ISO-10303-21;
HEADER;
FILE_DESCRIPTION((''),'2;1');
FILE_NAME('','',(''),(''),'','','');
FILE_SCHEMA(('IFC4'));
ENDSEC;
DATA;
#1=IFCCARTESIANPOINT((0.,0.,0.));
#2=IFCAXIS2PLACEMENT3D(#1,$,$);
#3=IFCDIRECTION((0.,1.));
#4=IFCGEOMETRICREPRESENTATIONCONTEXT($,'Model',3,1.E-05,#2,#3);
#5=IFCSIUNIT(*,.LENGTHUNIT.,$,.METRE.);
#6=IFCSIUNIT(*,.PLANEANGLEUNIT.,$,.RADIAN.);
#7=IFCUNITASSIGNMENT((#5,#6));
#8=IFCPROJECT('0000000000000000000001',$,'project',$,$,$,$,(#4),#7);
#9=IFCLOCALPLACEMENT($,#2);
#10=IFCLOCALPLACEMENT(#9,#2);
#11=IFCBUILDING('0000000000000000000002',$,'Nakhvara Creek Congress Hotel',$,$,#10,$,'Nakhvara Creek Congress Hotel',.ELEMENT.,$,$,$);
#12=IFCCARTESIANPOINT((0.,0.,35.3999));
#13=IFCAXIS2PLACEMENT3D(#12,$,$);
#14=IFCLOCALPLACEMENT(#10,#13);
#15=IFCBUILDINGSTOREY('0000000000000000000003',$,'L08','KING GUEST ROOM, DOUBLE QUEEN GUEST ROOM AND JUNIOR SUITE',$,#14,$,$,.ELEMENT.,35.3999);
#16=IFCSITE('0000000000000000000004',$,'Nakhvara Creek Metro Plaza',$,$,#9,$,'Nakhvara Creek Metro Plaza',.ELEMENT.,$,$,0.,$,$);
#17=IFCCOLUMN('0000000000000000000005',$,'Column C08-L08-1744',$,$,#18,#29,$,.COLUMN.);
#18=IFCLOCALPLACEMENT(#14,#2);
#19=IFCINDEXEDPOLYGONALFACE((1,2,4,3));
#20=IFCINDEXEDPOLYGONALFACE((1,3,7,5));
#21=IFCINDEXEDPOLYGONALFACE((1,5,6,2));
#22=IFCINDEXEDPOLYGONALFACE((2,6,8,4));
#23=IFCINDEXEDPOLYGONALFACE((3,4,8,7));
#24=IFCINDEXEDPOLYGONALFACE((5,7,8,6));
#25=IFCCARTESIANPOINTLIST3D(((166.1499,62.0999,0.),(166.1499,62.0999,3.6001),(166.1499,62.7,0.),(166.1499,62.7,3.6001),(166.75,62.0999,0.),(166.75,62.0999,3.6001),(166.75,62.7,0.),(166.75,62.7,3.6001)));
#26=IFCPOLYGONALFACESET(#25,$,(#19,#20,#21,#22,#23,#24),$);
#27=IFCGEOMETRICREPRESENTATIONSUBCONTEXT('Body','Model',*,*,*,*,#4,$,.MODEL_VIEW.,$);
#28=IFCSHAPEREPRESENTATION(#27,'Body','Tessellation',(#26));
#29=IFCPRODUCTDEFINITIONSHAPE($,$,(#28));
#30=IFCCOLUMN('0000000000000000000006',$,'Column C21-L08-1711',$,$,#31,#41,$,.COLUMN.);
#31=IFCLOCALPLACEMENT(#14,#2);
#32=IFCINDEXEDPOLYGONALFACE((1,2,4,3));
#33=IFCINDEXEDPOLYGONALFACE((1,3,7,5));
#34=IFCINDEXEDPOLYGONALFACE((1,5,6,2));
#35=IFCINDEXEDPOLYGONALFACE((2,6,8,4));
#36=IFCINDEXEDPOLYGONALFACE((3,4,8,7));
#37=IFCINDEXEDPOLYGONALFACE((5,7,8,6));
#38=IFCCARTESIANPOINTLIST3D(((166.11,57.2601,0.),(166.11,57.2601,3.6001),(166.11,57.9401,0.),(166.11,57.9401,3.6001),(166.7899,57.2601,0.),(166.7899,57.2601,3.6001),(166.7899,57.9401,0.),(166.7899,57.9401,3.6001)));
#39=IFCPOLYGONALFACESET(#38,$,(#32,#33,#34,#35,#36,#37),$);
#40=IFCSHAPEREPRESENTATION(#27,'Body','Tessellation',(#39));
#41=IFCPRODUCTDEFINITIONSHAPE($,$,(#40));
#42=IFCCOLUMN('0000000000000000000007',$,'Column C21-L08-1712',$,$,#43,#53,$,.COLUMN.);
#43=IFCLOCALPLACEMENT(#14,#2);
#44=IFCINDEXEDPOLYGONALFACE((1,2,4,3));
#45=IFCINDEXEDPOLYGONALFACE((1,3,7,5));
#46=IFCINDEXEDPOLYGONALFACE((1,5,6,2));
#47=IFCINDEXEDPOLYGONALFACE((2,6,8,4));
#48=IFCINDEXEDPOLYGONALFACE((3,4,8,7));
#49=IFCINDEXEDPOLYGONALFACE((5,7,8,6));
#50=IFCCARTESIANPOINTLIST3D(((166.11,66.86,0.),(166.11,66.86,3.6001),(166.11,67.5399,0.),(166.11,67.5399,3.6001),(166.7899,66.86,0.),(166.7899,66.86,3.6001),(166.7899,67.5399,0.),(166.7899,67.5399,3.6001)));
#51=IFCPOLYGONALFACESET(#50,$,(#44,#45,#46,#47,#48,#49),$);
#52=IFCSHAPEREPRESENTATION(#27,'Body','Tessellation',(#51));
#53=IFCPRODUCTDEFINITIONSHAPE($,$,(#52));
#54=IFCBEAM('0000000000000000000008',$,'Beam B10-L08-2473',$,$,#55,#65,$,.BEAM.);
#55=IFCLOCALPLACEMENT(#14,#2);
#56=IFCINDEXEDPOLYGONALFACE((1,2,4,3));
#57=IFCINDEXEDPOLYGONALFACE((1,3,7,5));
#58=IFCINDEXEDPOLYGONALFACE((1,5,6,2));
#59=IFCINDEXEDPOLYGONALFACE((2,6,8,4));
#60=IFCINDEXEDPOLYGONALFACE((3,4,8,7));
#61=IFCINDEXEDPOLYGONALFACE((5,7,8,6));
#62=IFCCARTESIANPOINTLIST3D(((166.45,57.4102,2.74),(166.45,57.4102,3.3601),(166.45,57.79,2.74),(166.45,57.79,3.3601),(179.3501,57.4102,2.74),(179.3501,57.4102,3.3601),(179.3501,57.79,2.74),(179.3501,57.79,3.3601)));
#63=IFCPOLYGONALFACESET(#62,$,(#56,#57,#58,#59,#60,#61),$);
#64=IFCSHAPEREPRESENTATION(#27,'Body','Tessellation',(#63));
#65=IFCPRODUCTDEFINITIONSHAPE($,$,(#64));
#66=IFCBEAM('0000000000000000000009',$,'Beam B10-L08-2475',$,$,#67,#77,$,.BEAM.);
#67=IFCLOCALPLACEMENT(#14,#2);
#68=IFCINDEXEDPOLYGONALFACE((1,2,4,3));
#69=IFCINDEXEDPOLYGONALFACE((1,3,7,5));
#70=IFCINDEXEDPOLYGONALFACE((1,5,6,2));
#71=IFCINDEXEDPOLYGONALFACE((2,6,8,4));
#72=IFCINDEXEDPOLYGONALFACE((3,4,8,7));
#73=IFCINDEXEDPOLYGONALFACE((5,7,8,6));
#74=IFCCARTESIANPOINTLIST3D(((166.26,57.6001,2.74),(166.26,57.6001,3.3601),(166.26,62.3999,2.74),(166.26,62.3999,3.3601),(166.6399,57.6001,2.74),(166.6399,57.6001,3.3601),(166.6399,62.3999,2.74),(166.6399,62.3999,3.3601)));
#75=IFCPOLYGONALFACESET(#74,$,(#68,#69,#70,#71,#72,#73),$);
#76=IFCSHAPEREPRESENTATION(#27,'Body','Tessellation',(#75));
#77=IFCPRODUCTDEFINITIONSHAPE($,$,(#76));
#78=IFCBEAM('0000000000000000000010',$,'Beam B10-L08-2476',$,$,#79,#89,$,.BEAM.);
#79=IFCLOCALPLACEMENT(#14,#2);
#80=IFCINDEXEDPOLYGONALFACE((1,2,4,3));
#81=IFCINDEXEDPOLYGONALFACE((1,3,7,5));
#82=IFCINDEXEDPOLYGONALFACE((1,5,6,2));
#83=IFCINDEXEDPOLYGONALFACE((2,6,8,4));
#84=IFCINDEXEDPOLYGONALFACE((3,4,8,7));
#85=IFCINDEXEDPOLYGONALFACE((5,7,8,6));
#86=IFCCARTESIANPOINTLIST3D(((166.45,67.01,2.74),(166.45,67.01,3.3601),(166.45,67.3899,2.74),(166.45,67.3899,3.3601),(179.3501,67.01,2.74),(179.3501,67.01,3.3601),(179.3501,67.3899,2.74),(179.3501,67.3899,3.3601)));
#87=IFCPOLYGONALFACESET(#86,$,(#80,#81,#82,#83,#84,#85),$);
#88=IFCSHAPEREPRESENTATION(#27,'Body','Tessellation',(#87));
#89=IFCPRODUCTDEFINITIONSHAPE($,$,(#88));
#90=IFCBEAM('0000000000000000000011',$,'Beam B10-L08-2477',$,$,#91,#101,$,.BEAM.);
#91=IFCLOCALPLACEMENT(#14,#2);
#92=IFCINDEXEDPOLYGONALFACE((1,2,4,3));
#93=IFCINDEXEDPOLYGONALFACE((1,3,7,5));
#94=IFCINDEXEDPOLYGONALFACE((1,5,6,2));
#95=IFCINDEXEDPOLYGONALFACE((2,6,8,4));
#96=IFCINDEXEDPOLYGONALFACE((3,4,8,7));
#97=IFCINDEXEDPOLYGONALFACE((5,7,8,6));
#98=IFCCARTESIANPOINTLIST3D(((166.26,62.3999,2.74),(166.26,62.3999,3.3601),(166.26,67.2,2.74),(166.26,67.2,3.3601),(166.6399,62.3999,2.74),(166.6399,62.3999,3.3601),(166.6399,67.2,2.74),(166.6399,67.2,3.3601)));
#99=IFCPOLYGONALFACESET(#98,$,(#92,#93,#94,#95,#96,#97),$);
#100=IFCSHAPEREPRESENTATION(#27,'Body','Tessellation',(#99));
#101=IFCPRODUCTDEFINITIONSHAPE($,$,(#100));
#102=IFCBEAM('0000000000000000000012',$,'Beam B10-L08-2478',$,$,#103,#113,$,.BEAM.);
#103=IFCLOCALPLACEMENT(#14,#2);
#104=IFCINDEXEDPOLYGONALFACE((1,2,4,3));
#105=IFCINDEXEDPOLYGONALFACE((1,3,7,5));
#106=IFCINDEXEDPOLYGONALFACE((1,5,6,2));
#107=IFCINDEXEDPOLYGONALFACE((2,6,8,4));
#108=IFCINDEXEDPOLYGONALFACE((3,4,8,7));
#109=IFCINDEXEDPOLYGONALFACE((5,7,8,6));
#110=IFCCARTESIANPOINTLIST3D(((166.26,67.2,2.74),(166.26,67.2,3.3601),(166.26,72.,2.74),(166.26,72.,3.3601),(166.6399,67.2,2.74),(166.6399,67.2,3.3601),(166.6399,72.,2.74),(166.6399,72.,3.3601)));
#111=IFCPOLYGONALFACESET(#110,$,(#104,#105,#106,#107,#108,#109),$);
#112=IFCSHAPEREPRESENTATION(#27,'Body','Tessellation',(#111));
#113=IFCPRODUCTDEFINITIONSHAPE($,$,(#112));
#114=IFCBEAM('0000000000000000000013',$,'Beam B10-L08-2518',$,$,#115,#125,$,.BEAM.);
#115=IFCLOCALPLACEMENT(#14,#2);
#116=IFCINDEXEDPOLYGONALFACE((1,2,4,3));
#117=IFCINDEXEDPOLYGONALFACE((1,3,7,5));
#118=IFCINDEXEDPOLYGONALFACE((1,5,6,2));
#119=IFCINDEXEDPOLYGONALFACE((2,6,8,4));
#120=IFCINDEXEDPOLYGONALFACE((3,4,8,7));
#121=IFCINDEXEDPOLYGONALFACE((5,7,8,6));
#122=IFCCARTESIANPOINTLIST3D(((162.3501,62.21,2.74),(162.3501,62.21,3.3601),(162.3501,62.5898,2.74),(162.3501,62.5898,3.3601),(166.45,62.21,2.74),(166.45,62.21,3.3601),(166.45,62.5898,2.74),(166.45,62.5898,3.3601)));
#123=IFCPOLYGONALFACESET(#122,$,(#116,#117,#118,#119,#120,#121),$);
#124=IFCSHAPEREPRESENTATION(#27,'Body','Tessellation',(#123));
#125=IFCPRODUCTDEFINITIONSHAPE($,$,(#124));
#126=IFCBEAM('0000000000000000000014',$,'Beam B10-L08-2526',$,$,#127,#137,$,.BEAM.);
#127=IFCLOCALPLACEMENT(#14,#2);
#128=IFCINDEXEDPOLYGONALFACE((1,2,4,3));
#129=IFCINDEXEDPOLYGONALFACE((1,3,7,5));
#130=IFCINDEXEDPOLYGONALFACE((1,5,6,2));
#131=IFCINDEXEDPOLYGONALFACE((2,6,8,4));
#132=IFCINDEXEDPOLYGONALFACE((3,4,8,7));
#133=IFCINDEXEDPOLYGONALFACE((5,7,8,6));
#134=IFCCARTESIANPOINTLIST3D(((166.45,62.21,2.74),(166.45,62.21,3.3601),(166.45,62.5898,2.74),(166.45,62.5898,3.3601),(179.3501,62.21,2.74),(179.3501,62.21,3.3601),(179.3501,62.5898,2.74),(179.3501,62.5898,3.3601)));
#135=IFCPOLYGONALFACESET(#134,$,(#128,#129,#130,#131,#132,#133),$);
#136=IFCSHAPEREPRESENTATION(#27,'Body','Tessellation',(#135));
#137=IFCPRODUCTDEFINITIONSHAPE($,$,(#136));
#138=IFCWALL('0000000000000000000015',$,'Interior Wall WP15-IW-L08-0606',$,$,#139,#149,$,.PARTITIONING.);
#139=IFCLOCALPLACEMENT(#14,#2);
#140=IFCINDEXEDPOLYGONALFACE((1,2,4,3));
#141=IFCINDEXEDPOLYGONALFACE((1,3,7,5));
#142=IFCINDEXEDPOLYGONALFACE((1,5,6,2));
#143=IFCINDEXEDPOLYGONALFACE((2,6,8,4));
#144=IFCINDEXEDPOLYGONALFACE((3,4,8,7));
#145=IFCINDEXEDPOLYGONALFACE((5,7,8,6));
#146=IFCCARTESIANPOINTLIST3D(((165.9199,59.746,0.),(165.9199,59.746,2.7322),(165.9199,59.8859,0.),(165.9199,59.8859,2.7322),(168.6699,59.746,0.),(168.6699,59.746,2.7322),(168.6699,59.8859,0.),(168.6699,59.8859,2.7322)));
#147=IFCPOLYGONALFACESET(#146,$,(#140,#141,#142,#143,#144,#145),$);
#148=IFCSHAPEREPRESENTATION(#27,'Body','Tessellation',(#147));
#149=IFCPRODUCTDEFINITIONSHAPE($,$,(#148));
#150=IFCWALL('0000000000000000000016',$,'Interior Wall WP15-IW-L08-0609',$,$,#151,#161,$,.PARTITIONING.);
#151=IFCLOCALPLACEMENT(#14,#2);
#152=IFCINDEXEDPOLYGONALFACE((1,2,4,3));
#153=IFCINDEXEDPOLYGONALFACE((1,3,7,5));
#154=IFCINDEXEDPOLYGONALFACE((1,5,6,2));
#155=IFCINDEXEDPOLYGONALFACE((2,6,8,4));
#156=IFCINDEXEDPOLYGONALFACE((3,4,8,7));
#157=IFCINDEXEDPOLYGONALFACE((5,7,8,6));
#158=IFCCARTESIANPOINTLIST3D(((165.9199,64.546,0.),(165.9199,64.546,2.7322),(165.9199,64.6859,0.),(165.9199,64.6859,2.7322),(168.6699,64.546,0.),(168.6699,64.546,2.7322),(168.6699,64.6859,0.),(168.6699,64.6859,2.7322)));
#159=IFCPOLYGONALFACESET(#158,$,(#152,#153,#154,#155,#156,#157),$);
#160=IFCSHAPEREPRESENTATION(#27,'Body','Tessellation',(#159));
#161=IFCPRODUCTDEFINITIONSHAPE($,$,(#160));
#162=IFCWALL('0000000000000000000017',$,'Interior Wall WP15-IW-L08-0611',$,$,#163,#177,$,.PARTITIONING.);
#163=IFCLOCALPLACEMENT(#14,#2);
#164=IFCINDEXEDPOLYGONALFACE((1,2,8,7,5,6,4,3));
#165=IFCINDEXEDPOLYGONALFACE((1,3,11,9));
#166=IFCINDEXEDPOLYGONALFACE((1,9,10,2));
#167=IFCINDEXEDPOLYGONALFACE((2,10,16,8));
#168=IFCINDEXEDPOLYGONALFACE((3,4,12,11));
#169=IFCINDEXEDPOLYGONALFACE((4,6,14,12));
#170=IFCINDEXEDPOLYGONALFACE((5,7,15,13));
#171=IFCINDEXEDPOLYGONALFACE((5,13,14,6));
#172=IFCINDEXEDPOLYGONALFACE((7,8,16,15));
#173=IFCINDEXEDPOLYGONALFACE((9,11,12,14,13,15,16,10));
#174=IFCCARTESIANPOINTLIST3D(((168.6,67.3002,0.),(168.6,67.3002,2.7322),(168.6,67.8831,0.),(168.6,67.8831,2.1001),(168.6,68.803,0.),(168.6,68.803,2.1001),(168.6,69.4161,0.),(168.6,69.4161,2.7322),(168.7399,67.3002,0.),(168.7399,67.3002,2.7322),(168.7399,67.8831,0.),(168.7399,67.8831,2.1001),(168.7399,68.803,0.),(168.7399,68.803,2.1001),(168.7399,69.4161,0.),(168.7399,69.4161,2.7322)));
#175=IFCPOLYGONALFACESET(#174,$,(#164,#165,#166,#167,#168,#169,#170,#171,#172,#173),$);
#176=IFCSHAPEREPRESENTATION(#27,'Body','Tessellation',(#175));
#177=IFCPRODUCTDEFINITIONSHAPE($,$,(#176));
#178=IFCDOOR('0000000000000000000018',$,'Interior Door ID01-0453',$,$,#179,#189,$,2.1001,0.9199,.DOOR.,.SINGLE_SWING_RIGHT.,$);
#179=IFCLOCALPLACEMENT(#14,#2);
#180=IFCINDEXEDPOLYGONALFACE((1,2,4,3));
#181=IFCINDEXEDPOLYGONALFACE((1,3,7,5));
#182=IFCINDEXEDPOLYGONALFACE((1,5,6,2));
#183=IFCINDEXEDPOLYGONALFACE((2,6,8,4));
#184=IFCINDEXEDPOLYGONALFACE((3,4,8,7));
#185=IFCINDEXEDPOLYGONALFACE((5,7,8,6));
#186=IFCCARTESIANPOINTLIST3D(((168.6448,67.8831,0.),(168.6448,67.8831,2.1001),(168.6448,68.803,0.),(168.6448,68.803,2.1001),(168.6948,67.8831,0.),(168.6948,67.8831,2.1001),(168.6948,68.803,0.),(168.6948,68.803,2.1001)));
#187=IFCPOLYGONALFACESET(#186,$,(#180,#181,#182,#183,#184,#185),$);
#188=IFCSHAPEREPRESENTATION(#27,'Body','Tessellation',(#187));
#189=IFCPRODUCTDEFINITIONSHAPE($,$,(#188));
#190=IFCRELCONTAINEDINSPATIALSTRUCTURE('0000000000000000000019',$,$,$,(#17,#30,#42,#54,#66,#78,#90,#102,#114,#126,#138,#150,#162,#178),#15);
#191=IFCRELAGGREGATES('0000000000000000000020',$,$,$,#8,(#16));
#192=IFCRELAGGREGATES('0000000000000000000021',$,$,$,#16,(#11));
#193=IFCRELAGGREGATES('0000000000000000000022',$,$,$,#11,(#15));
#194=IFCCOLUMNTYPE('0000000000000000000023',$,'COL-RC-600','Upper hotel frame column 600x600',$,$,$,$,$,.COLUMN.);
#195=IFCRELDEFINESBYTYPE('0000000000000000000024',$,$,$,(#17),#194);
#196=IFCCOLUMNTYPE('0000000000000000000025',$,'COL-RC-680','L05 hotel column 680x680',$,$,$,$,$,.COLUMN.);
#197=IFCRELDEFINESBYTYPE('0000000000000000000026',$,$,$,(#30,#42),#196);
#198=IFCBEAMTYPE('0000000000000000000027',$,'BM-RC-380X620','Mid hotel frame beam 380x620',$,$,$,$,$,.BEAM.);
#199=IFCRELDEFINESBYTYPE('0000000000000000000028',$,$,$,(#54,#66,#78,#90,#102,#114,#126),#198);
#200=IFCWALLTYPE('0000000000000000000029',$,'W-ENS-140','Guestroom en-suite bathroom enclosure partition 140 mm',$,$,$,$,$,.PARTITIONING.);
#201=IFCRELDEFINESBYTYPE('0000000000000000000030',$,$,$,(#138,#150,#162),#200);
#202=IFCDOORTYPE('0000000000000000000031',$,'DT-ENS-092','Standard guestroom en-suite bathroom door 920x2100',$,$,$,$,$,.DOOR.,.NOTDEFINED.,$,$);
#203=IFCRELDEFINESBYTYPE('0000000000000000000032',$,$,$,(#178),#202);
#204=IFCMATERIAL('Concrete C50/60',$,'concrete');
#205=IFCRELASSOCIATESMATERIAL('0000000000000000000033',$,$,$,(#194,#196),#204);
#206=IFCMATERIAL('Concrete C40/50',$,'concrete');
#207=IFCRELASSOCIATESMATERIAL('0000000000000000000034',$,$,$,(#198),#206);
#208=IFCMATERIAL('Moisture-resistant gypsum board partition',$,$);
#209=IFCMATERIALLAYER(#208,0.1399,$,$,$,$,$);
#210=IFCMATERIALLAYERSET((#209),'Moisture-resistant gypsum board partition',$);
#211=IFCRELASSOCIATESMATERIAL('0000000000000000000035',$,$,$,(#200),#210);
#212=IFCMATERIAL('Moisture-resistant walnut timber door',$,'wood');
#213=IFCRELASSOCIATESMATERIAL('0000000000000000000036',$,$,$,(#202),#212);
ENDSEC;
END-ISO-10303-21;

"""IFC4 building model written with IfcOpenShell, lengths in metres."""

from ifc_helpers import new_model, si_unit, direction, frame, frame_2d, origin, origin_2d, place, context, subcontext, project, spatial, rectangle, extrude, material, layer, layer_set, material_profile, profile_set, type_object, element, fill, save


model = new_model("IFC4")

# Units and contexts
model_context = context("Model", 3, precision=1e-05, world=origin(), true_north=direction((0.0, 1.0)))
body_context = subcontext(model_context, "Body", "Model", "MODEL_VIEW")
ifc_project = project(units=[si_unit("LENGTHUNIT", "METRE"), si_unit("PLANEANGLEUNIT", "RADIAN")], contexts=[model_context])

# Site, building, storey
site_placement = place(None, origin())
site = spatial("IfcSite", under=ifc_project, at=site_placement, Name="Nakhvara Creek Metro Plaza", LongName="Nakhvara Creek Metro Plaza", CompositionType="ELEMENT", RefElevation=0.0)
building_placement = place(site_placement, origin())
building = spatial("IfcBuilding", under=site, at=building_placement, Name="Nakhvara Creek Congress Hotel", LongName="Nakhvara Creek Congress Hotel", CompositionType="ELEMENT")
storey_placement = place(building_placement, frame((0.0, 0.0, 35.3999)))
storey = spatial("IfcBuildingStorey", under=building, at=storey_placement, Name="L08", Description="KING GUEST ROOM, DOUBLE QUEEN GUEST ROOM AND JUNIOR SUITE", CompositionType="ELEMENT", Elevation=35.3999)

# Columns
ifc_material_1 = material(Name="Concrete C50/60", Category="concrete")
ifc_material_profile_1 = material_profile(ifc_material_1, rectangle(XDim=0.6001, YDim=0.6001, at=origin_2d()), Name="RC-COL 600x600", Category="LoadBearing")
ifc_profile_set_1 = profile_set([ifc_material_profile_1], Name="Concrete C50/60")
column_type_1 = type_object("IfcColumnType", Name="COL-RC-600", Description="Upper hotel frame column 600x600", PredefinedType="COLUMN", material=ifc_profile_set_1)
column_placement = place(storey_placement, frame((166.45, 62.3999, 0.0), z_axis=(0.0, 0.0, 1.0), x_axis=(1.0, 0.0, 0.0)))
element("IfcColumn", 1, at=column_placement, inside=storey, type_object=column_type_1, Name="Column C08-L08-1744", PredefinedType="COLUMN", context=body_context, shape_type="SweptSolid", body=[
    extrude(rectangle(XDim=0.6001, YDim=0.6001, at=origin_2d()), origin(), (0.0, 0.0, 1.0), 3.6001),
])
ifc_material_profile_2 = material_profile(ifc_material_1, rectangle(XDim=0.6799, YDim=0.6799, at=origin_2d()), Name="RC-COL 680x680", Category="LoadBearing")
ifc_profile_set_2 = profile_set([ifc_material_profile_2], Name="Concrete C50/60")
column_type_2 = type_object("IfcColumnType", Name="COL-RC-680", Description="L05 hotel column 680x680", PredefinedType="COLUMN", material=ifc_profile_set_2)
for number, where, z_axis, x_axis, name in (
    (2, (166.45, 57.6001, 0.0), (0.0, 0.0, 1.0), (1.0, 0.0, 0.0), "Column C21-L08-1711"),
    (3, (166.45, 67.2, 0.0), (0.0, 0.0, 1.0), (1.0, 0.0, 0.0), "Column C21-L08-1712"),
):
    element("IfcColumn", number, at=place(storey_placement, frame(where, z_axis=z_axis, x_axis=x_axis)), inside=storey, type_object=column_type_2, Name=name, PredefinedType="COLUMN", context=body_context, shape_type="SweptSolid", body=[
        extrude(rectangle(XDim=0.6799, YDim=0.6799, at=origin_2d()), origin(), (0.0, 0.0, 1.0), 3.6001),
    ])

# Beams
ifc_material_2 = material(Name="Concrete C40/50", Category="concrete")
ifc_material_profile_3 = material_profile(ifc_material_2, rectangle(XDim=0.3799, YDim=0.6201, at=origin_2d()), Name="RC-BM 380x620", Category="LoadBearing")
ifc_profile_set_3 = profile_set([ifc_material_profile_3], Name="Concrete C40/50")
beam_type = type_object("IfcBeamType", Name="BM-RC-380X620", Description="Mid hotel frame beam 380x620", PredefinedType="BEAM", material=ifc_profile_set_3)
beam_1_placement = place(storey_placement, frame((166.45, 57.6001, 3.05), z_axis=(1.0, 0.0, 0.0), x_axis=(0.0, 1.0, 0.0)))
element("IfcBeam", 4, at=beam_1_placement, inside=storey, type_object=beam_type, Name="Beam B10-L08-2473", PredefinedType="BEAM", context=body_context, shape_type="SweptSolid", body=[
    extrude(rectangle(XDim=0.3799, YDim=0.6201, at=origin_2d()), origin(), (0.0, 0.0, 1.0), 12.9001),
])
beam_2_placement = place(storey_placement, frame((166.45, 57.6001, 3.05), z_axis=(0.0, 1.0, 0.0), x_axis=(-1.0, 0.0, 0.0)))
element("IfcBeam", 5, at=beam_2_placement, inside=storey, type_object=beam_type, Name="Beam B10-L08-2475", PredefinedType="BEAM", context=body_context, shape_type="SweptSolid", body=[
    extrude(rectangle(XDim=0.3799, YDim=0.6201, at=origin_2d()), origin(), (0.0, 0.0, 1.0), 4.7998),
])
beam_3_placement = place(storey_placement, frame((166.45, 67.2, 3.05), z_axis=(1.0, 0.0, 0.0), x_axis=(0.0, 1.0, 0.0)))
element("IfcBeam", 6, at=beam_3_placement, inside=storey, type_object=beam_type, Name="Beam B10-L08-2476", PredefinedType="BEAM", context=body_context, shape_type="SweptSolid", body=[
    extrude(rectangle(XDim=0.3799, YDim=0.6201, at=origin_2d()), origin(), (0.0, 0.0, 1.0), 12.9001),
])
for number, where, z_axis, x_axis, name in (
    (7, (166.45, 62.3999, 3.05), (0.0, 1.0, 0.0), (-1.0, 0.0, 0.0), "Beam B10-L08-2477"),
    (8, (166.45, 67.2, 3.05), (0.0, 1.0, 0.0), (-1.0, 0.0, 0.0), "Beam B10-L08-2478"),
):
    element("IfcBeam", number, at=place(storey_placement, frame(where, z_axis=z_axis, x_axis=x_axis)), inside=storey, type_object=beam_type, Name=name, PredefinedType="BEAM", context=body_context, shape_type="SweptSolid", body=[
        extrude(rectangle(XDim=0.3799, YDim=0.6201, at=origin_2d()), origin(), (0.0, 0.0, 1.0), 4.8),
    ])
beam_4_placement = place(storey_placement, frame((162.3501, 62.3999, 3.05), z_axis=(1.0, 0.0, 0.0), x_axis=(0.0, 1.0, 0.0)))
element("IfcBeam", 9, at=beam_4_placement, inside=storey, type_object=beam_type, Name="Beam B10-L08-2518", PredefinedType="BEAM", context=body_context, shape_type="SweptSolid", body=[
    extrude(rectangle(XDim=0.3799, YDim=0.6201, at=origin_2d()), origin(), (0.0, 0.0, 1.0), 4.0999),
])
beam_5_placement = place(storey_placement, frame((166.45, 62.3999, 3.05), z_axis=(1.0, 0.0, 0.0), x_axis=(0.0, 1.0, 0.0)))
element("IfcBeam", 10, at=beam_5_placement, inside=storey, type_object=beam_type, Name="Beam B10-L08-2526", PredefinedType="BEAM", context=body_context, shape_type="SweptSolid", body=[
    extrude(rectangle(XDim=0.3799, YDim=0.6201, at=origin_2d()), origin(), (0.0, 0.0, 1.0), 12.9001),
])

# Shared definitions
ifc_material_3 = material(Name="Moisture-resistant gypsum board partition")
ifc_layer_1 = layer(ifc_material_3, 0.1399)
ifc_layer_set_1 = layer_set([ifc_layer_1], Name="Moisture-resistant gypsum board partition")
wall_type_1 = type_object("IfcWallType", Name="W-ENS-140", Description="Guestroom en-suite bathroom enclosure partition 140 mm", PredefinedType="PARTITIONING", material=ifc_layer_set_1)
ifc_material_4 = material(Name="Moisture-resistant walnut timber door", Category="wood")

# Wall
wall_1_placement = place(storey_placement, frame((165.9199, 59.8159, 0.0), z_axis=(0.0, 0.0, 1.0), x_axis=(1.0, 0.0, 0.0)))
element("IfcWall", 11, at=wall_1_placement, inside=storey, type_object=wall_type_1, Name="Interior Wall WP15-IW-L08-0606", PredefinedType="PARTITIONING", context=body_context, shape_type="SweptSolid", body=[
    extrude(rectangle(XDim=2.75, YDim=0.1399, at=frame_2d((1.375, 0.0))), origin(), (0.0, 0.0, 1.0), 2.7322),
])

# Wall
wall_2_placement = place(storey_placement, frame((165.9199, 64.616, 0.0), z_axis=(0.0, 0.0, 1.0), x_axis=(1.0, 0.0, 0.0)))
element("IfcWall", 12, at=wall_2_placement, inside=storey, type_object=wall_type_1, Name="Interior Wall WP15-IW-L08-0609", PredefinedType="PARTITIONING", context=body_context, shape_type="SweptSolid", body=[
    extrude(rectangle(XDim=2.75, YDim=0.1399, at=frame_2d((1.375, 0.0))), origin(), (0.0, 0.0, 1.0), 2.7322),
])

# Wall, opening, door
wall_3_placement = place(storey_placement, frame((168.6699, 67.3, 0.0), z_axis=(0.0, 0.0, 1.0), x_axis=(0.0, 1.0, 0.0)))
wall_3 = element("IfcWall", 13, at=wall_3_placement, inside=storey, type_object=wall_type_1, Name="Interior Wall WP15-IW-L08-0611", PredefinedType="PARTITIONING", context=body_context, shape_type="SweptSolid", body=[
    extrude(rectangle(XDim=2.116, YDim=0.1399, at=frame_2d((1.0581, 0.0))), origin(), (0.0, 0.0, 1.0), 2.7322),
])
opening_1_placement = place(wall_3_placement, frame((0.583, 0.0, 0.0)))
opening_1 = element("IfcOpeningElement", 14, at=opening_1_placement, cuts=wall_3, PredefinedType="OPENING", context=body_context, shape_type="SweptSolid", body=[
    extrude(rectangle(XDim=0.9199, YDim=2.1001, at=frame_2d((0.46, 1.05))), frame((0.0, 0.082, 0.0), z_axis=(0.0, -1.0, 0.0), x_axis=(1.0, 0.0, 0.0)), (0.0, 0.0, 1.0), 0.1638),
])
door_type_1 = type_object("IfcDoorType", Name="DT-ENS-092", Description="Standard guestroom en-suite bathroom door 920x2100", OperationType="NOTDEFINED", PredefinedType="DOOR", material=ifc_material_4)
door_1_placement = place(opening_1_placement, frame((0.9199, 0.0, 0.0), z_axis=(0.0, 0.0, 1.0), x_axis=(-1.0, 0.0, 0.0)))
door_1 = element("IfcDoor", 15, at=door_1_placement, inside=storey, type_object=door_type_1, Name="Interior Door ID01-0453", OperationType="SINGLE_SWING_RIGHT", OverallHeight=2.1001, OverallWidth=0.9199, PredefinedType="DOOR", context=body_context, shape_type="SweptSolid", body=[
    extrude(rectangle(XDim=0.9199, YDim=2.1001, at=frame_2d((0.46, 1.05))), frame((0.0, 0.0249, 0.0), z_axis=(0.0, -1.0, 0.0), x_axis=(1.0, 0.0, 0.0)), (0.0, 0.0, 1.0), 0.05),
])
fill(opening_1, door_1)

save(model, "model.ifc")
